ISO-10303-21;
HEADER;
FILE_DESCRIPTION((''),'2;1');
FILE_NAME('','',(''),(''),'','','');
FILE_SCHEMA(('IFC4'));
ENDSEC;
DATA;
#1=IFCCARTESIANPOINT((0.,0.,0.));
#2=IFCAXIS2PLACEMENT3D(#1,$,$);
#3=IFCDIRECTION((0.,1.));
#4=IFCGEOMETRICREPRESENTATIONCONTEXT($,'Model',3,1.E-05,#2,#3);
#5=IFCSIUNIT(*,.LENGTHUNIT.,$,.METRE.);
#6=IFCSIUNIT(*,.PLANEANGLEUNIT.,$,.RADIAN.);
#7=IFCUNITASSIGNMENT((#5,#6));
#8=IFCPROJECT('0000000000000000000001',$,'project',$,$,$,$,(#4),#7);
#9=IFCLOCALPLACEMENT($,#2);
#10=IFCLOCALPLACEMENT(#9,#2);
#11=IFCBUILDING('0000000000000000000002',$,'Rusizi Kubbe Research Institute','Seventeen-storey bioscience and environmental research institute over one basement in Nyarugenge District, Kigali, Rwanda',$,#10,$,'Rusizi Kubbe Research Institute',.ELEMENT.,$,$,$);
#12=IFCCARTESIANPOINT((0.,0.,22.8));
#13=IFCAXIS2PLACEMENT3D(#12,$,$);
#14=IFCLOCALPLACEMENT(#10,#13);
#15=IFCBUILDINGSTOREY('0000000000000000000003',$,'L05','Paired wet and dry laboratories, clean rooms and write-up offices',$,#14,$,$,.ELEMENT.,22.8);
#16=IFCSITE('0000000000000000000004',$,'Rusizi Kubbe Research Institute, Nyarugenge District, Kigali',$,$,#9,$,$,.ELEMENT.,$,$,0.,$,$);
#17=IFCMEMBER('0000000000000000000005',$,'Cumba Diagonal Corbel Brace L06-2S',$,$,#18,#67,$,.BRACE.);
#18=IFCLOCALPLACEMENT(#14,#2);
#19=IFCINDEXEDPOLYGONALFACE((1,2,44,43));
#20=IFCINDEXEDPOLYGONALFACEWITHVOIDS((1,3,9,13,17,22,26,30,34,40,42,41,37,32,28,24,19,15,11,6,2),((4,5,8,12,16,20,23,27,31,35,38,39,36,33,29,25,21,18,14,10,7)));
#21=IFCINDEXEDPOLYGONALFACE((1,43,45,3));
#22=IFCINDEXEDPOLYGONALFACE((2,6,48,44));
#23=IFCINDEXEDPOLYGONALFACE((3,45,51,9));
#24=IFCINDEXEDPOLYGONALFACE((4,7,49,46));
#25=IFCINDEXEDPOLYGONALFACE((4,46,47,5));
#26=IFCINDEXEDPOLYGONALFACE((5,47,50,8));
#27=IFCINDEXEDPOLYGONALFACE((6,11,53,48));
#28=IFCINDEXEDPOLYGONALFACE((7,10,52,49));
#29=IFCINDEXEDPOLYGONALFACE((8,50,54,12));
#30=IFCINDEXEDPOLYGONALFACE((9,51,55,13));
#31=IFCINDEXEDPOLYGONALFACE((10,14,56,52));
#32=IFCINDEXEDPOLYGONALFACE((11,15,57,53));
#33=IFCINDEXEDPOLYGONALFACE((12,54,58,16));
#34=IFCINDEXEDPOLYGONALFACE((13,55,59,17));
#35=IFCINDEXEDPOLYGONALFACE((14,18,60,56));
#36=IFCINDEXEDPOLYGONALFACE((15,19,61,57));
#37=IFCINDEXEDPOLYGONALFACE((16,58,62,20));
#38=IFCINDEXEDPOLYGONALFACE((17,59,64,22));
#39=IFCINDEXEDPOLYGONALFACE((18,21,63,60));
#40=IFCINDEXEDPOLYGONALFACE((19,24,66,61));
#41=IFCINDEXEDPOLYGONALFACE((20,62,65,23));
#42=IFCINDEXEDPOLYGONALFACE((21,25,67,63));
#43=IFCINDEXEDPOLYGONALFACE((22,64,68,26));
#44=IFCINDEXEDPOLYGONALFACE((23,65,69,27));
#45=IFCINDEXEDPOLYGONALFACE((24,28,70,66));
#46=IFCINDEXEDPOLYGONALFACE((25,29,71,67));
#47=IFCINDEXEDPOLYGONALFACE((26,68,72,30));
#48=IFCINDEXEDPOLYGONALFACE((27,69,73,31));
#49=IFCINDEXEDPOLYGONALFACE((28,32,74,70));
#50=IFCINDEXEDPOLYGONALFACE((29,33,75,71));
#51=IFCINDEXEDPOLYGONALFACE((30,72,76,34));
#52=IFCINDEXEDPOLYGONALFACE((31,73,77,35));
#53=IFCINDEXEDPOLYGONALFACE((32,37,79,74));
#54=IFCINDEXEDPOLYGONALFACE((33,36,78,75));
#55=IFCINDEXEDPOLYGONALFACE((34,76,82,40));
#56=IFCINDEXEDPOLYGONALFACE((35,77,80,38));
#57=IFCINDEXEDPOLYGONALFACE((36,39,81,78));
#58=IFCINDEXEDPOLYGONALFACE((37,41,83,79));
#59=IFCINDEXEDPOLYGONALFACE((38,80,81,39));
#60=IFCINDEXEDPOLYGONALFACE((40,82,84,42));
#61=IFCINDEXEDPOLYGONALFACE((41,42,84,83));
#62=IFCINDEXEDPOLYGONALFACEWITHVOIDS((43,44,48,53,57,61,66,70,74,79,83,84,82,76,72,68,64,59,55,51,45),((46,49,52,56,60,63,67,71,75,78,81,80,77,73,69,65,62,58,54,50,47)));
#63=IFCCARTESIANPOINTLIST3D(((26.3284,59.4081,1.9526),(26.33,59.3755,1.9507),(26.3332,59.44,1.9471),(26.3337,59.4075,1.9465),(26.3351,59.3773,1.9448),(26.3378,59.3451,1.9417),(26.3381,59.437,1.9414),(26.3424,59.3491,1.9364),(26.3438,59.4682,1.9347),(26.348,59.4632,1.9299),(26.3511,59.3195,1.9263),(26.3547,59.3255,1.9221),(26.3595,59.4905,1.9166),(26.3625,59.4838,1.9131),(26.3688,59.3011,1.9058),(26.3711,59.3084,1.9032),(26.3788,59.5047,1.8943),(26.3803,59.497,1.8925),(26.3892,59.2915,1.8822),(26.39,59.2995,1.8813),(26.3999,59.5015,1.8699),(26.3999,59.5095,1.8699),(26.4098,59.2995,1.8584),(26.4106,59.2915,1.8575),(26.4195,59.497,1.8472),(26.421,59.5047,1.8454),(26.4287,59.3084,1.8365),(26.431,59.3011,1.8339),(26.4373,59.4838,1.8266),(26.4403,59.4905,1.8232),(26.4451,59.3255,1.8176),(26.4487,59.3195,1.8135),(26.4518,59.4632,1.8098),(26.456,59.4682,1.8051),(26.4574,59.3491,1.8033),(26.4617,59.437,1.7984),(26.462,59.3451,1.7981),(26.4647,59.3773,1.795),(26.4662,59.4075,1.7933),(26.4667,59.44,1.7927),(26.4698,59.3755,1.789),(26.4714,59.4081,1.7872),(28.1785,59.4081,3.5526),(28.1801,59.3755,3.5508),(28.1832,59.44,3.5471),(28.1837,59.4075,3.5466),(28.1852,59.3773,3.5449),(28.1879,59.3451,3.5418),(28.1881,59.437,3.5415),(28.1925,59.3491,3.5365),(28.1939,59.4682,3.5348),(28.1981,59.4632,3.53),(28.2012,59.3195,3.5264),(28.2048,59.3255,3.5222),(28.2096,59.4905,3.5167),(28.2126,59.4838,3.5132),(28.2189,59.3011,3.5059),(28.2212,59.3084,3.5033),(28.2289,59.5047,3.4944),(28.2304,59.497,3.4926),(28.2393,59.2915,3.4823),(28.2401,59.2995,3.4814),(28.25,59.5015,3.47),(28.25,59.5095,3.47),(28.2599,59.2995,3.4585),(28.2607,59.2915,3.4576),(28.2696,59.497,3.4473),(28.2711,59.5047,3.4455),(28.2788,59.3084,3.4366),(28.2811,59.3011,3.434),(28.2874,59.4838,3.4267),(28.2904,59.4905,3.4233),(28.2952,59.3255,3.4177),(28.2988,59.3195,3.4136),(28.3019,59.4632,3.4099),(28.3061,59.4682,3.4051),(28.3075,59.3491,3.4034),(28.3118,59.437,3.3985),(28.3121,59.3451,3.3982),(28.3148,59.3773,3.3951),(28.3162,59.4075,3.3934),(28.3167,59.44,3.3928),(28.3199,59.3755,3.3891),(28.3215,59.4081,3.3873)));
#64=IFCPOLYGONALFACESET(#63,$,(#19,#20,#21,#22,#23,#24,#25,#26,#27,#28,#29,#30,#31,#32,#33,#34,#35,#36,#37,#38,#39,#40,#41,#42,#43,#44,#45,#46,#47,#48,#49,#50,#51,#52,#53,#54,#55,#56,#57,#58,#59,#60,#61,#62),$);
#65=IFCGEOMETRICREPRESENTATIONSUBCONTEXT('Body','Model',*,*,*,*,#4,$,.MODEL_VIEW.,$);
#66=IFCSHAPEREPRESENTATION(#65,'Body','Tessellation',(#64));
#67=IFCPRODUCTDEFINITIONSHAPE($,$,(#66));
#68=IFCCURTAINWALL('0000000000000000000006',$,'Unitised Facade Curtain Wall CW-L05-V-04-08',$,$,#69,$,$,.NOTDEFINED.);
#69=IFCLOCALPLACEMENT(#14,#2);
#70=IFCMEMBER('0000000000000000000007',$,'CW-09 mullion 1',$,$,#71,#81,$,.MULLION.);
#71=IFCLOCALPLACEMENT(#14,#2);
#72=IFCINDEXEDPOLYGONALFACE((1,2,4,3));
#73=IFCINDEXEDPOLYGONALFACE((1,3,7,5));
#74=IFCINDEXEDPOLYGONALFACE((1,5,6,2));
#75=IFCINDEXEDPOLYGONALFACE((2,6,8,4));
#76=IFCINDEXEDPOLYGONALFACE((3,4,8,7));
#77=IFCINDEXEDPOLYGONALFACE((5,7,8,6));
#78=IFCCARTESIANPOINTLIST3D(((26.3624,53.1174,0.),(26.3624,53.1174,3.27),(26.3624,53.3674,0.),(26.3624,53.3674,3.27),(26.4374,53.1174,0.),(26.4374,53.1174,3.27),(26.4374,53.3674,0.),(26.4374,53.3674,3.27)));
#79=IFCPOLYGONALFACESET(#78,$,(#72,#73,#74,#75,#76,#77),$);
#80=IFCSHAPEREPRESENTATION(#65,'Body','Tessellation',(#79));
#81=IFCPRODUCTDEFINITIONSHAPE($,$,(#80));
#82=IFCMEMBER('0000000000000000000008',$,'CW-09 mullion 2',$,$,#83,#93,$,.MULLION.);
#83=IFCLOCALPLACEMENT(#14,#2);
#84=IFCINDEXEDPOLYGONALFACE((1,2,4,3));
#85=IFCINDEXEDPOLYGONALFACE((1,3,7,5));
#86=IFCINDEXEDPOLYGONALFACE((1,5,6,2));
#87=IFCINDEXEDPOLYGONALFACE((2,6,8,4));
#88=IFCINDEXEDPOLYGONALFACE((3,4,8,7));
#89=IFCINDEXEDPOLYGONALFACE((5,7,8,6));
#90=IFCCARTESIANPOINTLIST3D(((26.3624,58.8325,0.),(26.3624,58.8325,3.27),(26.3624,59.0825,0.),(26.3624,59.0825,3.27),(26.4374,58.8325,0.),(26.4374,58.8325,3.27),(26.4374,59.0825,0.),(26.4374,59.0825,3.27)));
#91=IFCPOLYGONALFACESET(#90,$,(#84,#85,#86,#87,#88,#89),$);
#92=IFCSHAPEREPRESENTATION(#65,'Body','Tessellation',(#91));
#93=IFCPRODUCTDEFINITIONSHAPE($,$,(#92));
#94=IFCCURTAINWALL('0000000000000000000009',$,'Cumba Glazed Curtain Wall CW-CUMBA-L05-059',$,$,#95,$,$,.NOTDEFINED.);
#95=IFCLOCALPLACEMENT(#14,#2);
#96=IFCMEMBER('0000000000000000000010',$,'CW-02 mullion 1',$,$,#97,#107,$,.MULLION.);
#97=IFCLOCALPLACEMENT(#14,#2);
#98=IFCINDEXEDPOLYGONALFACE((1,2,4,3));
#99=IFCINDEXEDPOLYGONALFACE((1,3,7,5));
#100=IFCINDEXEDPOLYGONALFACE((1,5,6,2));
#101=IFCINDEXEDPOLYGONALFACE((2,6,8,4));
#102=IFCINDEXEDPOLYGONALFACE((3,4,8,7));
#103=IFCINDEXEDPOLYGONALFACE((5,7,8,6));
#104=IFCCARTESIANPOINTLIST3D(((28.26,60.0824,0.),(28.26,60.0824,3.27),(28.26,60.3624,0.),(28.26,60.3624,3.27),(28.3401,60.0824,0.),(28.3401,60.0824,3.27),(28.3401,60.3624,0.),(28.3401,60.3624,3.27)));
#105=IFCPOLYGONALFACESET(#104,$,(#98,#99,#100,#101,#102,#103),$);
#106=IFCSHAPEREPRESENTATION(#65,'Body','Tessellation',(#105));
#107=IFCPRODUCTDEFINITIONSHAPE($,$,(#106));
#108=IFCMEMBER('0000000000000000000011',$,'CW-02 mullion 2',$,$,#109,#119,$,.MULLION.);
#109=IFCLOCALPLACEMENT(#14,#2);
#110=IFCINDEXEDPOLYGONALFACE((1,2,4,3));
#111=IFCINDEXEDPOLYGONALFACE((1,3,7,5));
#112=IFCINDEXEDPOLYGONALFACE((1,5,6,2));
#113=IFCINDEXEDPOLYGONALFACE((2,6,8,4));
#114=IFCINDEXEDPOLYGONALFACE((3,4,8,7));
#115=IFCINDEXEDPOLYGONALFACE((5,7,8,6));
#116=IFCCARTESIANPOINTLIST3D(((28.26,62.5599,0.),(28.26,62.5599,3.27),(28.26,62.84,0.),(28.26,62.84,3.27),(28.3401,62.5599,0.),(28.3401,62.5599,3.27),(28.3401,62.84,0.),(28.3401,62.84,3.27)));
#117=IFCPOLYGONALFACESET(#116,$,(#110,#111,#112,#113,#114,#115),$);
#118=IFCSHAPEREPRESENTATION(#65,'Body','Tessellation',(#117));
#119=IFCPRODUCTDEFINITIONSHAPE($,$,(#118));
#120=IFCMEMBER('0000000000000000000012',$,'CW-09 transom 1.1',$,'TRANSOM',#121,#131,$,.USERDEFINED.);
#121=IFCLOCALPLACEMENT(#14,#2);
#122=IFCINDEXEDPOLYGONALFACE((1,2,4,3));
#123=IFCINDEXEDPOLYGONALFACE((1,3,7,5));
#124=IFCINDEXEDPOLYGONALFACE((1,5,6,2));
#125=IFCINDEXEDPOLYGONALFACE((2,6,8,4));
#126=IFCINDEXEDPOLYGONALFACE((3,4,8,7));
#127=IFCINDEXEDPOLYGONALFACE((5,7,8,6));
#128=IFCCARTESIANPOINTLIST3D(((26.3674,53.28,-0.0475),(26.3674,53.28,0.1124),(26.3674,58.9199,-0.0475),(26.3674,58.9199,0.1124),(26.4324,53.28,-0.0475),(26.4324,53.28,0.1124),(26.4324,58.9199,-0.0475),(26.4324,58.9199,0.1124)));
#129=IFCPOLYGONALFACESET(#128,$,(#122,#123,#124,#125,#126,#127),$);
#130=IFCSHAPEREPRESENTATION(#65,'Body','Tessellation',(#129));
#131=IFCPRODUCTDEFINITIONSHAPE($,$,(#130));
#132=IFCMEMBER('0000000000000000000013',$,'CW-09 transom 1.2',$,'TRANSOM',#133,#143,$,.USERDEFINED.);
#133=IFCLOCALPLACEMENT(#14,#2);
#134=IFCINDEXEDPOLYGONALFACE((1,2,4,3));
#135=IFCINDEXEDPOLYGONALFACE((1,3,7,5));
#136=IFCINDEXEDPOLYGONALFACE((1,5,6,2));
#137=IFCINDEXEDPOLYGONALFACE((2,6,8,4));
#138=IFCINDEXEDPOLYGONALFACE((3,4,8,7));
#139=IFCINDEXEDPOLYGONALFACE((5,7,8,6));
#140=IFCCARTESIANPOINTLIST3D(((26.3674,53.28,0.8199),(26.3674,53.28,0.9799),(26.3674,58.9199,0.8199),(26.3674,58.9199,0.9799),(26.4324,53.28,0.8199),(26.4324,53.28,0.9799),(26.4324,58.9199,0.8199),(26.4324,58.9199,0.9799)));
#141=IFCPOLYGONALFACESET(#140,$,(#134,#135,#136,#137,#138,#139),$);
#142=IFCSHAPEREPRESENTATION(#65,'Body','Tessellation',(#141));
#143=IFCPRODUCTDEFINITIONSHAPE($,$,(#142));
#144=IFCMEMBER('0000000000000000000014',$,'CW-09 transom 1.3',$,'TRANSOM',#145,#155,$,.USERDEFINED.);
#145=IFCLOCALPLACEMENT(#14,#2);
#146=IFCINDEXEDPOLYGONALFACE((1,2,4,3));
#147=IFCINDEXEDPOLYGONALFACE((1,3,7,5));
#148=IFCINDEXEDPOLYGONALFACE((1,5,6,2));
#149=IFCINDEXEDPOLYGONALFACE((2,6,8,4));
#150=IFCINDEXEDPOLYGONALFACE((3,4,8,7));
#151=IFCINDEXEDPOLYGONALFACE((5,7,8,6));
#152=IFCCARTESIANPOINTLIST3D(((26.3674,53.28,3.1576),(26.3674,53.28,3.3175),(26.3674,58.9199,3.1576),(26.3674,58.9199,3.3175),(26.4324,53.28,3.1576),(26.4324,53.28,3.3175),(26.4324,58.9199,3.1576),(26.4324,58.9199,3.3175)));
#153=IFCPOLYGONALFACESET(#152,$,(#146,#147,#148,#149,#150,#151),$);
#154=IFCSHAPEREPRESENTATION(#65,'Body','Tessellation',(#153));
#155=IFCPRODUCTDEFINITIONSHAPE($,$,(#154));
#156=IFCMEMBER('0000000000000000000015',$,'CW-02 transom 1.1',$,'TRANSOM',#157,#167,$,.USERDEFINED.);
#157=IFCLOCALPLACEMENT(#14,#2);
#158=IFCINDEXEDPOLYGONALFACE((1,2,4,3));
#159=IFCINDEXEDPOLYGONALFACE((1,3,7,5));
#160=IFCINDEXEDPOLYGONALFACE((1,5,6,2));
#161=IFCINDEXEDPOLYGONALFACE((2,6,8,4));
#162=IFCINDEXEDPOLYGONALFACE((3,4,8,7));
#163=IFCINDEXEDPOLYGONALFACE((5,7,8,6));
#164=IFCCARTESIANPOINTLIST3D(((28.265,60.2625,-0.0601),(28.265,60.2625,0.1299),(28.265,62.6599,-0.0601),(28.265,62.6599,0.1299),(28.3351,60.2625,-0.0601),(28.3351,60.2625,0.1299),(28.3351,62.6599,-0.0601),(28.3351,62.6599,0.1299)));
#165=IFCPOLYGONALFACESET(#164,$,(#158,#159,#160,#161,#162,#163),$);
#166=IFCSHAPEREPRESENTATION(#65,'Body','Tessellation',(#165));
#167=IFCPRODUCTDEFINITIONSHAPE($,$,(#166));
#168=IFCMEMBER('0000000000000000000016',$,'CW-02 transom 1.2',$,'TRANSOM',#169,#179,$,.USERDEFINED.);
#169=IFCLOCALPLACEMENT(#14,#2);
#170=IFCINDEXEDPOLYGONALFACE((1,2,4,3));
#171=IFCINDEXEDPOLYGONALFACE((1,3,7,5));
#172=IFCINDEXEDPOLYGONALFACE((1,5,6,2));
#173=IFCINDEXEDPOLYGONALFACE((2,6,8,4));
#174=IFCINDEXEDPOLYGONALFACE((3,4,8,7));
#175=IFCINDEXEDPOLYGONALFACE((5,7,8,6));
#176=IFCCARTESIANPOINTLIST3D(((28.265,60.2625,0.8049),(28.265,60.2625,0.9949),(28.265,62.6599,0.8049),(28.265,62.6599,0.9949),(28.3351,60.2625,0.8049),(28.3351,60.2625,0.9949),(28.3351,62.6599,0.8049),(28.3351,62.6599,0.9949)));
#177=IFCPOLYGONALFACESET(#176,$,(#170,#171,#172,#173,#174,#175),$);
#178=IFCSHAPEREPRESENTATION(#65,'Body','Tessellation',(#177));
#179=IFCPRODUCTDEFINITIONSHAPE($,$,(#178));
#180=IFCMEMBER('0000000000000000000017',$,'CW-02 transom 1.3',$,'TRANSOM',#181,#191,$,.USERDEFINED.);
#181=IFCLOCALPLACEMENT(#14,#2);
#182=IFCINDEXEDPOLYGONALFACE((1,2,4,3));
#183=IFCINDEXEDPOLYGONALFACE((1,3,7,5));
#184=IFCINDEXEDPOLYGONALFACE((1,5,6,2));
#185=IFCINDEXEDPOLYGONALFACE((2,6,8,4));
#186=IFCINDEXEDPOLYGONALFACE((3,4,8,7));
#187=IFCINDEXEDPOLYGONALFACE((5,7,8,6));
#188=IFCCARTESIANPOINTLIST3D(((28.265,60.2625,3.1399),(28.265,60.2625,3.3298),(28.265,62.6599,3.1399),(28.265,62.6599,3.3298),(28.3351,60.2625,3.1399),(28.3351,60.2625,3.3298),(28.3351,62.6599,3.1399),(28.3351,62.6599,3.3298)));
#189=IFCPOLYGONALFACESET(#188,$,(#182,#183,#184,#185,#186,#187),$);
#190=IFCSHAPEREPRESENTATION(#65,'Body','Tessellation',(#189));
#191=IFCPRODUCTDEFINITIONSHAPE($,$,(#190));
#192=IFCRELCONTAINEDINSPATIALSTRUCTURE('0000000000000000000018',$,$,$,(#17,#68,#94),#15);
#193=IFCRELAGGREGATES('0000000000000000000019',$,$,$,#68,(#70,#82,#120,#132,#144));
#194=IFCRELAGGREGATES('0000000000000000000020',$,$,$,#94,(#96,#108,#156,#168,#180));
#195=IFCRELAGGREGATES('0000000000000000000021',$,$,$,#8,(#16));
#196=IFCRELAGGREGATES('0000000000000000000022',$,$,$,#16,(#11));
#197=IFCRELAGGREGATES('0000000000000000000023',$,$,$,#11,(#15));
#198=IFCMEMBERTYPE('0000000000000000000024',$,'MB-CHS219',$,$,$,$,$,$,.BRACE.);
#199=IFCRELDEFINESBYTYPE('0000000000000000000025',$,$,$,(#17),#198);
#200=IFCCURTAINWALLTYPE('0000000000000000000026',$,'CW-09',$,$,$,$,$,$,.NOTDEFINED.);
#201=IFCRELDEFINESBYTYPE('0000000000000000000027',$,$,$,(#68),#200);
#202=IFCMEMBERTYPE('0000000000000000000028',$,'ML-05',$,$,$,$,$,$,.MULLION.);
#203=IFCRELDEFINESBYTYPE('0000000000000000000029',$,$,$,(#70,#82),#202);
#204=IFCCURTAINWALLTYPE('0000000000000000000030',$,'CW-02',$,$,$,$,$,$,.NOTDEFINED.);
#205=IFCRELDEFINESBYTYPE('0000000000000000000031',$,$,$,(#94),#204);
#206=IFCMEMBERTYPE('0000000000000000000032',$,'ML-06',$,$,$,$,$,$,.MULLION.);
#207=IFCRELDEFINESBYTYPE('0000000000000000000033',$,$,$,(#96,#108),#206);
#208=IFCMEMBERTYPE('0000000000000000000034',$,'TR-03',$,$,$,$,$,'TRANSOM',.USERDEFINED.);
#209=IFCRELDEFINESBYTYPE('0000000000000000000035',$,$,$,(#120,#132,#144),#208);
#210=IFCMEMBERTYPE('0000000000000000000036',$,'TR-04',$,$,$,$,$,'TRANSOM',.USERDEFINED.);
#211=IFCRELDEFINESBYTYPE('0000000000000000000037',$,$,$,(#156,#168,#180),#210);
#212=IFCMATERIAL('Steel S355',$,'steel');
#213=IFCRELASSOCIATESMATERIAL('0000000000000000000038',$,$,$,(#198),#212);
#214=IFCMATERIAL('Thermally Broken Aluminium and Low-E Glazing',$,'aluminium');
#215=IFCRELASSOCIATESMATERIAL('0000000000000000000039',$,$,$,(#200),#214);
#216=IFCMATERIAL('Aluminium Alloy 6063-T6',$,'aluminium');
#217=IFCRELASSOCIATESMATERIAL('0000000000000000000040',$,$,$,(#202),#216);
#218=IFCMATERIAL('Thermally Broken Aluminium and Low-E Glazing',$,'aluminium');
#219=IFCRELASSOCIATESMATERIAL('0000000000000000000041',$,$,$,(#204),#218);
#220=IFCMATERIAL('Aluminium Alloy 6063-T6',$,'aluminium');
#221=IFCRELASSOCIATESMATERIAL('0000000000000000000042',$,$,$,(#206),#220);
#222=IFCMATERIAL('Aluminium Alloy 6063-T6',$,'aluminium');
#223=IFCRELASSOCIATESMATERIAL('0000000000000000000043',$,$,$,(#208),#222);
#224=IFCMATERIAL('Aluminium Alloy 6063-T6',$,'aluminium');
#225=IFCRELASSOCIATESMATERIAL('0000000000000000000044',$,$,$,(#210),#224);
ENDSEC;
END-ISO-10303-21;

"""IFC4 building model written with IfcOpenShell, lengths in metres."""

from ifc_helpers import new_model, si_unit, direction, frame, origin, origin_2d, place, context, subcontext, project, spatial, rectangle, hollow_circle, extrude, material, material_profile, profile_set, type_object, element, aggregate, save


model = new_model("IFC4")

# Units and contexts
model_context = context("Model", 3, precision=1e-05, world=origin(), true_north=direction((0.0, 1.0)))
body_context = subcontext(model_context, "Body", "Model", "MODEL_VIEW")
ifc_project = project(units=[si_unit("LENGTHUNIT", "METRE"), si_unit("PLANEANGLEUNIT", "RADIAN")], contexts=[model_context])

# Site, building, storey
site_placement = place(None, origin())
site = spatial("IfcSite", under=ifc_project, at=site_placement, Name="Rusizi Kubbe Research Institute, Nyarugenge District, Kigali", CompositionType="ELEMENT", RefElevation=0.0)
building_placement = place(site_placement, origin())
building = spatial("IfcBuilding", under=site, at=building_placement, Name="Rusizi Kubbe Research Institute", Description="Seventeen-storey bioscience and environmental research institute over one basement in Nyarugenge District, Kigali, Rwanda", LongName="Rusizi Kubbe Research Institute", CompositionType="ELEMENT")
storey_placement = place(building_placement, frame((0.0, 0.0, 22.8)))
storey = spatial("IfcBuildingStorey", under=building, at=storey_placement, Name="L05", Description="Paired wet and dry laboratories, clean rooms and write-up offices", CompositionType="ELEMENT", Elevation=22.8)

# Member
ifc_material_1 = material(Name="Steel S355", Category="steel")
ifc_material_profile_1 = material_profile(ifc_material_1, hollow_circle(Radius=0.1096, WallThickness=0.0081, at=origin_2d()), Name="CHS 219.1x8.0")
ifc_profile_set_1 = profile_set([ifc_material_profile_1], Name="Steel S355")
member_type_1 = type_object("IfcMemberType", Name="MB-CHS219", PredefinedType="BRACE", material=ifc_profile_set_1)
member_1_placement = place(storey_placement, frame((26.3999, 59.3999, 1.8699), z_axis=(0.756361, 0.0, 0.654155), x_axis=(0.0, 1.0, 0.0)))
element("IfcMember", 1, at=member_1_placement, inside=storey, type_object=member_type_1, Name="Cumba Diagonal Corbel Brace L06-2S", PredefinedType="BRACE", context=body_context, shape_type="SweptSolid", body=[
    extrude(hollow_circle(Radius=0.1096, WallThickness=0.0081, at=origin_2d()), origin(), (0.0, 0.0, 1.0), 2.446),
])

# Curtain walls, members
ifc_material_2 = material(Name="Thermally Broken Aluminium and Low-E Glazing", Category="aluminium")
curtain_wall_type_1 = type_object("IfcCurtainWallType", Name="CW-09", PredefinedType="NOTDEFINED", material=ifc_material_2)
curtain_wall_1_placement = place(storey_placement, origin())
curtain_wall_1 = element("IfcCurtainWall", 2, at=curtain_wall_1_placement, inside=storey, type_object=curtain_wall_type_1, Name="Unitised Facade Curtain Wall CW-L05-V-04-08", PredefinedType="NOTDEFINED")
ifc_material_3 = material(Name="Aluminium Alloy 6063-T6", Category="aluminium")
ifc_material_profile_2 = material_profile(ifc_material_3, rectangle(XDim=0.075, YDim=0.25, at=origin_2d()), Name="ALU-M 75x250")
ifc_profile_set_2 = profile_set([ifc_material_profile_2], Name="Aluminium Alloy 6063-T6")
member_type_2 = type_object("IfcMemberType", Name="ML-05", PredefinedType="MULLION", material=ifc_profile_set_2)
member_2_placement = place(storey_placement, frame((26.3999, 53.2424, 0.0), z_axis=(0.0, 0.0, 1.0), x_axis=(-1.0, 0.0, 0.0)))
member_2 = element("IfcMember", 3, at=member_2_placement, type_object=member_type_2, Name="CW-09 mullion 1", PredefinedType="MULLION", context=body_context, shape_type="SweptSolid", body=[
    extrude(rectangle(XDim=0.075, YDim=0.25, at=origin_2d()), origin(), (0.0, 0.0, 1.0), 3.27),
])
member_3_placement = place(storey_placement, frame((26.3999, 58.9575, 0.0), z_axis=(0.0, 0.0, 1.0), x_axis=(-1.0, 0.0, 0.0)))
member_3 = element("IfcMember", 4, at=member_3_placement, type_object=member_type_2, Name="CW-09 mullion 2", PredefinedType="MULLION", context=body_context, shape_type="SweptSolid", body=[
    extrude(rectangle(XDim=0.075, YDim=0.25, at=origin_2d()), origin(), (0.0, 0.0, 1.0), 3.27),
])
ifc_material_4 = material(Name="Thermally Broken Aluminium and Low-E Glazing", Category="aluminium")
curtain_wall_type_2 = type_object("IfcCurtainWallType", Name="CW-02", PredefinedType="NOTDEFINED", material=ifc_material_4)
curtain_wall_2_placement = place(storey_placement, origin())
curtain_wall_2 = element("IfcCurtainWall", 5, at=curtain_wall_2_placement, inside=storey, type_object=curtain_wall_type_2, Name="Cumba Glazed Curtain Wall CW-CUMBA-L05-059", PredefinedType="NOTDEFINED")
ifc_material_5 = material(Name="Aluminium Alloy 6063-T6", Category="aluminium")
ifc_material_profile_3 = material_profile(ifc_material_5, rectangle(XDim=0.0801, YDim=0.28, at=origin_2d()), Name="ALU-M 80x280")
ifc_profile_set_3 = profile_set([ifc_material_profile_3], Name="Aluminium Alloy 6063-T6")
member_type_3 = type_object("IfcMemberType", Name="ML-06", PredefinedType="MULLION", material=ifc_profile_set_3)
member_4_placement = place(storey_placement, frame((28.3, 60.2224, 0.0), z_axis=(0.0, 0.0, 1.0), x_axis=(-1.0, 0.0, 0.0)))
member_4 = element("IfcMember", 6, at=member_4_placement, type_object=member_type_3, Name="CW-02 mullion 1", PredefinedType="MULLION", context=body_context, shape_type="SweptSolid", body=[
    extrude(rectangle(XDim=0.0801, YDim=0.28, at=origin_2d()), origin(), (0.0, 0.0, 1.0), 3.27),
])
member_5_placement = place(storey_placement, frame((28.3, 62.7, 0.0), z_axis=(0.0, 0.0, 1.0), x_axis=(-1.0, 0.0, 0.0)))
member_5 = element("IfcMember", 7, at=member_5_placement, type_object=member_type_3, Name="CW-02 mullion 2", PredefinedType="MULLION", context=body_context, shape_type="SweptSolid", body=[
    extrude(rectangle(XDim=0.0801, YDim=0.28, at=origin_2d()), origin(), (0.0, 0.0, 1.0), 3.27),
])

# Members
ifc_material_6 = material(Name="Aluminium Alloy 6063-T6", Category="aluminium")
ifc_material_profile_4 = material_profile(ifc_material_6, rectangle(XDim=0.0649, YDim=0.1599, at=origin_2d()), Name="ALU-T 65x160")
ifc_profile_set_4 = profile_set([ifc_material_profile_4], Name="Aluminium Alloy 6063-T6")
member_type_4 = type_object("IfcMemberType", Name="TR-03", ElementType="TRANSOM", PredefinedType="USERDEFINED", material=ifc_profile_set_4)
member_6_placement = place(storey_placement, frame((26.3999, 53.28, 0.0325), z_axis=(0.0, 1.0, 0.0), x_axis=(-1.0, 0.0, 0.0)))
member_6 = element("IfcMember", 8, at=member_6_placement, type_object=member_type_4, Name="CW-09 transom 1.1", ObjectType="TRANSOM", PredefinedType="USERDEFINED", context=body_context, shape_type="SweptSolid", body=[
    extrude(rectangle(XDim=0.0649, YDim=0.1599, at=origin_2d()), origin(), (0.0, 0.0, 1.0), 5.6399),
])
member_7_placement = place(storey_placement, frame((26.3999, 53.28, 0.8999), z_axis=(0.0, 1.0, 0.0), x_axis=(-1.0, 0.0, 0.0)))
member_7 = element("IfcMember", 9, at=member_7_placement, type_object=member_type_4, Name="CW-09 transom 1.2", ObjectType="TRANSOM", PredefinedType="USERDEFINED", context=body_context, shape_type="SweptSolid", body=[
    extrude(rectangle(XDim=0.0649, YDim=0.1599, at=origin_2d()), origin(), (0.0, 0.0, 1.0), 5.6399),
])
member_8_placement = place(storey_placement, frame((26.3999, 53.28, 3.2375), z_axis=(0.0, 1.0, 0.0), x_axis=(-1.0, 0.0, 0.0)))
member_8 = element("IfcMember", 10, at=member_8_placement, type_object=member_type_4, Name="CW-09 transom 1.3", ObjectType="TRANSOM", PredefinedType="USERDEFINED", context=body_context, shape_type="SweptSolid", body=[
    extrude(rectangle(XDim=0.0649, YDim=0.1599, at=origin_2d()), origin(), (0.0, 0.0, 1.0), 5.6399),
])
ifc_material_7 = material(Name="Aluminium Alloy 6063-T6", Category="aluminium")
ifc_material_profile_5 = material_profile(ifc_material_7, rectangle(XDim=0.0701, YDim=0.1899, at=origin_2d()), Name="ALU-T 70x190")
ifc_profile_set_5 = profile_set([ifc_material_profile_5], Name="Aluminium Alloy 6063-T6")
member_type_5 = type_object("IfcMemberType", Name="TR-04", ElementType="TRANSOM", PredefinedType="USERDEFINED", material=ifc_profile_set_5)
member_9_placement = place(storey_placement, frame((28.3, 60.2625, 0.0349), z_axis=(0.0, 1.0, 0.0), x_axis=(-1.0, 0.0, 0.0)))
member_9 = element("IfcMember", 11, at=member_9_placement, type_object=member_type_5, Name="CW-02 transom 1.1", ObjectType="TRANSOM", PredefinedType="USERDEFINED", context=body_context, shape_type="SweptSolid", body=[
    extrude(rectangle(XDim=0.0701, YDim=0.1899, at=origin_2d()), origin(), (0.0, 0.0, 1.0), 2.3975),
])
member_10_placement = place(storey_placement, frame((28.3, 60.2625, 0.8999), z_axis=(0.0, 1.0, 0.0), x_axis=(-1.0, 0.0, 0.0)))
member_10 = element("IfcMember", 12, at=member_10_placement, type_object=member_type_5, Name="CW-02 transom 1.2", ObjectType="TRANSOM", PredefinedType="USERDEFINED", context=body_context, shape_type="SweptSolid", body=[
    extrude(rectangle(XDim=0.0701, YDim=0.1899, at=origin_2d()), origin(), (0.0, 0.0, 1.0), 2.3975),
])
member_11_placement = place(storey_placement, frame((28.3, 60.2625, 3.2349), z_axis=(0.0, 1.0, 0.0), x_axis=(-1.0, 0.0, 0.0)))
member_11 = element("IfcMember", 13, at=member_11_placement, type_object=member_type_5, Name="CW-02 transom 1.3", ObjectType="TRANSOM", PredefinedType="USERDEFINED", context=body_context, shape_type="SweptSolid", body=[
    extrude(rectangle(XDim=0.0701, YDim=0.1899, at=origin_2d()), origin(), (0.0, 0.0, 1.0), 2.3975),
])

aggregate(curtain_wall_1, [member_2, member_3, member_6, member_7, member_8])
aggregate(curtain_wall_2, [member_4, member_5, member_9, member_10, member_11])

save(model, "model.ifc")
